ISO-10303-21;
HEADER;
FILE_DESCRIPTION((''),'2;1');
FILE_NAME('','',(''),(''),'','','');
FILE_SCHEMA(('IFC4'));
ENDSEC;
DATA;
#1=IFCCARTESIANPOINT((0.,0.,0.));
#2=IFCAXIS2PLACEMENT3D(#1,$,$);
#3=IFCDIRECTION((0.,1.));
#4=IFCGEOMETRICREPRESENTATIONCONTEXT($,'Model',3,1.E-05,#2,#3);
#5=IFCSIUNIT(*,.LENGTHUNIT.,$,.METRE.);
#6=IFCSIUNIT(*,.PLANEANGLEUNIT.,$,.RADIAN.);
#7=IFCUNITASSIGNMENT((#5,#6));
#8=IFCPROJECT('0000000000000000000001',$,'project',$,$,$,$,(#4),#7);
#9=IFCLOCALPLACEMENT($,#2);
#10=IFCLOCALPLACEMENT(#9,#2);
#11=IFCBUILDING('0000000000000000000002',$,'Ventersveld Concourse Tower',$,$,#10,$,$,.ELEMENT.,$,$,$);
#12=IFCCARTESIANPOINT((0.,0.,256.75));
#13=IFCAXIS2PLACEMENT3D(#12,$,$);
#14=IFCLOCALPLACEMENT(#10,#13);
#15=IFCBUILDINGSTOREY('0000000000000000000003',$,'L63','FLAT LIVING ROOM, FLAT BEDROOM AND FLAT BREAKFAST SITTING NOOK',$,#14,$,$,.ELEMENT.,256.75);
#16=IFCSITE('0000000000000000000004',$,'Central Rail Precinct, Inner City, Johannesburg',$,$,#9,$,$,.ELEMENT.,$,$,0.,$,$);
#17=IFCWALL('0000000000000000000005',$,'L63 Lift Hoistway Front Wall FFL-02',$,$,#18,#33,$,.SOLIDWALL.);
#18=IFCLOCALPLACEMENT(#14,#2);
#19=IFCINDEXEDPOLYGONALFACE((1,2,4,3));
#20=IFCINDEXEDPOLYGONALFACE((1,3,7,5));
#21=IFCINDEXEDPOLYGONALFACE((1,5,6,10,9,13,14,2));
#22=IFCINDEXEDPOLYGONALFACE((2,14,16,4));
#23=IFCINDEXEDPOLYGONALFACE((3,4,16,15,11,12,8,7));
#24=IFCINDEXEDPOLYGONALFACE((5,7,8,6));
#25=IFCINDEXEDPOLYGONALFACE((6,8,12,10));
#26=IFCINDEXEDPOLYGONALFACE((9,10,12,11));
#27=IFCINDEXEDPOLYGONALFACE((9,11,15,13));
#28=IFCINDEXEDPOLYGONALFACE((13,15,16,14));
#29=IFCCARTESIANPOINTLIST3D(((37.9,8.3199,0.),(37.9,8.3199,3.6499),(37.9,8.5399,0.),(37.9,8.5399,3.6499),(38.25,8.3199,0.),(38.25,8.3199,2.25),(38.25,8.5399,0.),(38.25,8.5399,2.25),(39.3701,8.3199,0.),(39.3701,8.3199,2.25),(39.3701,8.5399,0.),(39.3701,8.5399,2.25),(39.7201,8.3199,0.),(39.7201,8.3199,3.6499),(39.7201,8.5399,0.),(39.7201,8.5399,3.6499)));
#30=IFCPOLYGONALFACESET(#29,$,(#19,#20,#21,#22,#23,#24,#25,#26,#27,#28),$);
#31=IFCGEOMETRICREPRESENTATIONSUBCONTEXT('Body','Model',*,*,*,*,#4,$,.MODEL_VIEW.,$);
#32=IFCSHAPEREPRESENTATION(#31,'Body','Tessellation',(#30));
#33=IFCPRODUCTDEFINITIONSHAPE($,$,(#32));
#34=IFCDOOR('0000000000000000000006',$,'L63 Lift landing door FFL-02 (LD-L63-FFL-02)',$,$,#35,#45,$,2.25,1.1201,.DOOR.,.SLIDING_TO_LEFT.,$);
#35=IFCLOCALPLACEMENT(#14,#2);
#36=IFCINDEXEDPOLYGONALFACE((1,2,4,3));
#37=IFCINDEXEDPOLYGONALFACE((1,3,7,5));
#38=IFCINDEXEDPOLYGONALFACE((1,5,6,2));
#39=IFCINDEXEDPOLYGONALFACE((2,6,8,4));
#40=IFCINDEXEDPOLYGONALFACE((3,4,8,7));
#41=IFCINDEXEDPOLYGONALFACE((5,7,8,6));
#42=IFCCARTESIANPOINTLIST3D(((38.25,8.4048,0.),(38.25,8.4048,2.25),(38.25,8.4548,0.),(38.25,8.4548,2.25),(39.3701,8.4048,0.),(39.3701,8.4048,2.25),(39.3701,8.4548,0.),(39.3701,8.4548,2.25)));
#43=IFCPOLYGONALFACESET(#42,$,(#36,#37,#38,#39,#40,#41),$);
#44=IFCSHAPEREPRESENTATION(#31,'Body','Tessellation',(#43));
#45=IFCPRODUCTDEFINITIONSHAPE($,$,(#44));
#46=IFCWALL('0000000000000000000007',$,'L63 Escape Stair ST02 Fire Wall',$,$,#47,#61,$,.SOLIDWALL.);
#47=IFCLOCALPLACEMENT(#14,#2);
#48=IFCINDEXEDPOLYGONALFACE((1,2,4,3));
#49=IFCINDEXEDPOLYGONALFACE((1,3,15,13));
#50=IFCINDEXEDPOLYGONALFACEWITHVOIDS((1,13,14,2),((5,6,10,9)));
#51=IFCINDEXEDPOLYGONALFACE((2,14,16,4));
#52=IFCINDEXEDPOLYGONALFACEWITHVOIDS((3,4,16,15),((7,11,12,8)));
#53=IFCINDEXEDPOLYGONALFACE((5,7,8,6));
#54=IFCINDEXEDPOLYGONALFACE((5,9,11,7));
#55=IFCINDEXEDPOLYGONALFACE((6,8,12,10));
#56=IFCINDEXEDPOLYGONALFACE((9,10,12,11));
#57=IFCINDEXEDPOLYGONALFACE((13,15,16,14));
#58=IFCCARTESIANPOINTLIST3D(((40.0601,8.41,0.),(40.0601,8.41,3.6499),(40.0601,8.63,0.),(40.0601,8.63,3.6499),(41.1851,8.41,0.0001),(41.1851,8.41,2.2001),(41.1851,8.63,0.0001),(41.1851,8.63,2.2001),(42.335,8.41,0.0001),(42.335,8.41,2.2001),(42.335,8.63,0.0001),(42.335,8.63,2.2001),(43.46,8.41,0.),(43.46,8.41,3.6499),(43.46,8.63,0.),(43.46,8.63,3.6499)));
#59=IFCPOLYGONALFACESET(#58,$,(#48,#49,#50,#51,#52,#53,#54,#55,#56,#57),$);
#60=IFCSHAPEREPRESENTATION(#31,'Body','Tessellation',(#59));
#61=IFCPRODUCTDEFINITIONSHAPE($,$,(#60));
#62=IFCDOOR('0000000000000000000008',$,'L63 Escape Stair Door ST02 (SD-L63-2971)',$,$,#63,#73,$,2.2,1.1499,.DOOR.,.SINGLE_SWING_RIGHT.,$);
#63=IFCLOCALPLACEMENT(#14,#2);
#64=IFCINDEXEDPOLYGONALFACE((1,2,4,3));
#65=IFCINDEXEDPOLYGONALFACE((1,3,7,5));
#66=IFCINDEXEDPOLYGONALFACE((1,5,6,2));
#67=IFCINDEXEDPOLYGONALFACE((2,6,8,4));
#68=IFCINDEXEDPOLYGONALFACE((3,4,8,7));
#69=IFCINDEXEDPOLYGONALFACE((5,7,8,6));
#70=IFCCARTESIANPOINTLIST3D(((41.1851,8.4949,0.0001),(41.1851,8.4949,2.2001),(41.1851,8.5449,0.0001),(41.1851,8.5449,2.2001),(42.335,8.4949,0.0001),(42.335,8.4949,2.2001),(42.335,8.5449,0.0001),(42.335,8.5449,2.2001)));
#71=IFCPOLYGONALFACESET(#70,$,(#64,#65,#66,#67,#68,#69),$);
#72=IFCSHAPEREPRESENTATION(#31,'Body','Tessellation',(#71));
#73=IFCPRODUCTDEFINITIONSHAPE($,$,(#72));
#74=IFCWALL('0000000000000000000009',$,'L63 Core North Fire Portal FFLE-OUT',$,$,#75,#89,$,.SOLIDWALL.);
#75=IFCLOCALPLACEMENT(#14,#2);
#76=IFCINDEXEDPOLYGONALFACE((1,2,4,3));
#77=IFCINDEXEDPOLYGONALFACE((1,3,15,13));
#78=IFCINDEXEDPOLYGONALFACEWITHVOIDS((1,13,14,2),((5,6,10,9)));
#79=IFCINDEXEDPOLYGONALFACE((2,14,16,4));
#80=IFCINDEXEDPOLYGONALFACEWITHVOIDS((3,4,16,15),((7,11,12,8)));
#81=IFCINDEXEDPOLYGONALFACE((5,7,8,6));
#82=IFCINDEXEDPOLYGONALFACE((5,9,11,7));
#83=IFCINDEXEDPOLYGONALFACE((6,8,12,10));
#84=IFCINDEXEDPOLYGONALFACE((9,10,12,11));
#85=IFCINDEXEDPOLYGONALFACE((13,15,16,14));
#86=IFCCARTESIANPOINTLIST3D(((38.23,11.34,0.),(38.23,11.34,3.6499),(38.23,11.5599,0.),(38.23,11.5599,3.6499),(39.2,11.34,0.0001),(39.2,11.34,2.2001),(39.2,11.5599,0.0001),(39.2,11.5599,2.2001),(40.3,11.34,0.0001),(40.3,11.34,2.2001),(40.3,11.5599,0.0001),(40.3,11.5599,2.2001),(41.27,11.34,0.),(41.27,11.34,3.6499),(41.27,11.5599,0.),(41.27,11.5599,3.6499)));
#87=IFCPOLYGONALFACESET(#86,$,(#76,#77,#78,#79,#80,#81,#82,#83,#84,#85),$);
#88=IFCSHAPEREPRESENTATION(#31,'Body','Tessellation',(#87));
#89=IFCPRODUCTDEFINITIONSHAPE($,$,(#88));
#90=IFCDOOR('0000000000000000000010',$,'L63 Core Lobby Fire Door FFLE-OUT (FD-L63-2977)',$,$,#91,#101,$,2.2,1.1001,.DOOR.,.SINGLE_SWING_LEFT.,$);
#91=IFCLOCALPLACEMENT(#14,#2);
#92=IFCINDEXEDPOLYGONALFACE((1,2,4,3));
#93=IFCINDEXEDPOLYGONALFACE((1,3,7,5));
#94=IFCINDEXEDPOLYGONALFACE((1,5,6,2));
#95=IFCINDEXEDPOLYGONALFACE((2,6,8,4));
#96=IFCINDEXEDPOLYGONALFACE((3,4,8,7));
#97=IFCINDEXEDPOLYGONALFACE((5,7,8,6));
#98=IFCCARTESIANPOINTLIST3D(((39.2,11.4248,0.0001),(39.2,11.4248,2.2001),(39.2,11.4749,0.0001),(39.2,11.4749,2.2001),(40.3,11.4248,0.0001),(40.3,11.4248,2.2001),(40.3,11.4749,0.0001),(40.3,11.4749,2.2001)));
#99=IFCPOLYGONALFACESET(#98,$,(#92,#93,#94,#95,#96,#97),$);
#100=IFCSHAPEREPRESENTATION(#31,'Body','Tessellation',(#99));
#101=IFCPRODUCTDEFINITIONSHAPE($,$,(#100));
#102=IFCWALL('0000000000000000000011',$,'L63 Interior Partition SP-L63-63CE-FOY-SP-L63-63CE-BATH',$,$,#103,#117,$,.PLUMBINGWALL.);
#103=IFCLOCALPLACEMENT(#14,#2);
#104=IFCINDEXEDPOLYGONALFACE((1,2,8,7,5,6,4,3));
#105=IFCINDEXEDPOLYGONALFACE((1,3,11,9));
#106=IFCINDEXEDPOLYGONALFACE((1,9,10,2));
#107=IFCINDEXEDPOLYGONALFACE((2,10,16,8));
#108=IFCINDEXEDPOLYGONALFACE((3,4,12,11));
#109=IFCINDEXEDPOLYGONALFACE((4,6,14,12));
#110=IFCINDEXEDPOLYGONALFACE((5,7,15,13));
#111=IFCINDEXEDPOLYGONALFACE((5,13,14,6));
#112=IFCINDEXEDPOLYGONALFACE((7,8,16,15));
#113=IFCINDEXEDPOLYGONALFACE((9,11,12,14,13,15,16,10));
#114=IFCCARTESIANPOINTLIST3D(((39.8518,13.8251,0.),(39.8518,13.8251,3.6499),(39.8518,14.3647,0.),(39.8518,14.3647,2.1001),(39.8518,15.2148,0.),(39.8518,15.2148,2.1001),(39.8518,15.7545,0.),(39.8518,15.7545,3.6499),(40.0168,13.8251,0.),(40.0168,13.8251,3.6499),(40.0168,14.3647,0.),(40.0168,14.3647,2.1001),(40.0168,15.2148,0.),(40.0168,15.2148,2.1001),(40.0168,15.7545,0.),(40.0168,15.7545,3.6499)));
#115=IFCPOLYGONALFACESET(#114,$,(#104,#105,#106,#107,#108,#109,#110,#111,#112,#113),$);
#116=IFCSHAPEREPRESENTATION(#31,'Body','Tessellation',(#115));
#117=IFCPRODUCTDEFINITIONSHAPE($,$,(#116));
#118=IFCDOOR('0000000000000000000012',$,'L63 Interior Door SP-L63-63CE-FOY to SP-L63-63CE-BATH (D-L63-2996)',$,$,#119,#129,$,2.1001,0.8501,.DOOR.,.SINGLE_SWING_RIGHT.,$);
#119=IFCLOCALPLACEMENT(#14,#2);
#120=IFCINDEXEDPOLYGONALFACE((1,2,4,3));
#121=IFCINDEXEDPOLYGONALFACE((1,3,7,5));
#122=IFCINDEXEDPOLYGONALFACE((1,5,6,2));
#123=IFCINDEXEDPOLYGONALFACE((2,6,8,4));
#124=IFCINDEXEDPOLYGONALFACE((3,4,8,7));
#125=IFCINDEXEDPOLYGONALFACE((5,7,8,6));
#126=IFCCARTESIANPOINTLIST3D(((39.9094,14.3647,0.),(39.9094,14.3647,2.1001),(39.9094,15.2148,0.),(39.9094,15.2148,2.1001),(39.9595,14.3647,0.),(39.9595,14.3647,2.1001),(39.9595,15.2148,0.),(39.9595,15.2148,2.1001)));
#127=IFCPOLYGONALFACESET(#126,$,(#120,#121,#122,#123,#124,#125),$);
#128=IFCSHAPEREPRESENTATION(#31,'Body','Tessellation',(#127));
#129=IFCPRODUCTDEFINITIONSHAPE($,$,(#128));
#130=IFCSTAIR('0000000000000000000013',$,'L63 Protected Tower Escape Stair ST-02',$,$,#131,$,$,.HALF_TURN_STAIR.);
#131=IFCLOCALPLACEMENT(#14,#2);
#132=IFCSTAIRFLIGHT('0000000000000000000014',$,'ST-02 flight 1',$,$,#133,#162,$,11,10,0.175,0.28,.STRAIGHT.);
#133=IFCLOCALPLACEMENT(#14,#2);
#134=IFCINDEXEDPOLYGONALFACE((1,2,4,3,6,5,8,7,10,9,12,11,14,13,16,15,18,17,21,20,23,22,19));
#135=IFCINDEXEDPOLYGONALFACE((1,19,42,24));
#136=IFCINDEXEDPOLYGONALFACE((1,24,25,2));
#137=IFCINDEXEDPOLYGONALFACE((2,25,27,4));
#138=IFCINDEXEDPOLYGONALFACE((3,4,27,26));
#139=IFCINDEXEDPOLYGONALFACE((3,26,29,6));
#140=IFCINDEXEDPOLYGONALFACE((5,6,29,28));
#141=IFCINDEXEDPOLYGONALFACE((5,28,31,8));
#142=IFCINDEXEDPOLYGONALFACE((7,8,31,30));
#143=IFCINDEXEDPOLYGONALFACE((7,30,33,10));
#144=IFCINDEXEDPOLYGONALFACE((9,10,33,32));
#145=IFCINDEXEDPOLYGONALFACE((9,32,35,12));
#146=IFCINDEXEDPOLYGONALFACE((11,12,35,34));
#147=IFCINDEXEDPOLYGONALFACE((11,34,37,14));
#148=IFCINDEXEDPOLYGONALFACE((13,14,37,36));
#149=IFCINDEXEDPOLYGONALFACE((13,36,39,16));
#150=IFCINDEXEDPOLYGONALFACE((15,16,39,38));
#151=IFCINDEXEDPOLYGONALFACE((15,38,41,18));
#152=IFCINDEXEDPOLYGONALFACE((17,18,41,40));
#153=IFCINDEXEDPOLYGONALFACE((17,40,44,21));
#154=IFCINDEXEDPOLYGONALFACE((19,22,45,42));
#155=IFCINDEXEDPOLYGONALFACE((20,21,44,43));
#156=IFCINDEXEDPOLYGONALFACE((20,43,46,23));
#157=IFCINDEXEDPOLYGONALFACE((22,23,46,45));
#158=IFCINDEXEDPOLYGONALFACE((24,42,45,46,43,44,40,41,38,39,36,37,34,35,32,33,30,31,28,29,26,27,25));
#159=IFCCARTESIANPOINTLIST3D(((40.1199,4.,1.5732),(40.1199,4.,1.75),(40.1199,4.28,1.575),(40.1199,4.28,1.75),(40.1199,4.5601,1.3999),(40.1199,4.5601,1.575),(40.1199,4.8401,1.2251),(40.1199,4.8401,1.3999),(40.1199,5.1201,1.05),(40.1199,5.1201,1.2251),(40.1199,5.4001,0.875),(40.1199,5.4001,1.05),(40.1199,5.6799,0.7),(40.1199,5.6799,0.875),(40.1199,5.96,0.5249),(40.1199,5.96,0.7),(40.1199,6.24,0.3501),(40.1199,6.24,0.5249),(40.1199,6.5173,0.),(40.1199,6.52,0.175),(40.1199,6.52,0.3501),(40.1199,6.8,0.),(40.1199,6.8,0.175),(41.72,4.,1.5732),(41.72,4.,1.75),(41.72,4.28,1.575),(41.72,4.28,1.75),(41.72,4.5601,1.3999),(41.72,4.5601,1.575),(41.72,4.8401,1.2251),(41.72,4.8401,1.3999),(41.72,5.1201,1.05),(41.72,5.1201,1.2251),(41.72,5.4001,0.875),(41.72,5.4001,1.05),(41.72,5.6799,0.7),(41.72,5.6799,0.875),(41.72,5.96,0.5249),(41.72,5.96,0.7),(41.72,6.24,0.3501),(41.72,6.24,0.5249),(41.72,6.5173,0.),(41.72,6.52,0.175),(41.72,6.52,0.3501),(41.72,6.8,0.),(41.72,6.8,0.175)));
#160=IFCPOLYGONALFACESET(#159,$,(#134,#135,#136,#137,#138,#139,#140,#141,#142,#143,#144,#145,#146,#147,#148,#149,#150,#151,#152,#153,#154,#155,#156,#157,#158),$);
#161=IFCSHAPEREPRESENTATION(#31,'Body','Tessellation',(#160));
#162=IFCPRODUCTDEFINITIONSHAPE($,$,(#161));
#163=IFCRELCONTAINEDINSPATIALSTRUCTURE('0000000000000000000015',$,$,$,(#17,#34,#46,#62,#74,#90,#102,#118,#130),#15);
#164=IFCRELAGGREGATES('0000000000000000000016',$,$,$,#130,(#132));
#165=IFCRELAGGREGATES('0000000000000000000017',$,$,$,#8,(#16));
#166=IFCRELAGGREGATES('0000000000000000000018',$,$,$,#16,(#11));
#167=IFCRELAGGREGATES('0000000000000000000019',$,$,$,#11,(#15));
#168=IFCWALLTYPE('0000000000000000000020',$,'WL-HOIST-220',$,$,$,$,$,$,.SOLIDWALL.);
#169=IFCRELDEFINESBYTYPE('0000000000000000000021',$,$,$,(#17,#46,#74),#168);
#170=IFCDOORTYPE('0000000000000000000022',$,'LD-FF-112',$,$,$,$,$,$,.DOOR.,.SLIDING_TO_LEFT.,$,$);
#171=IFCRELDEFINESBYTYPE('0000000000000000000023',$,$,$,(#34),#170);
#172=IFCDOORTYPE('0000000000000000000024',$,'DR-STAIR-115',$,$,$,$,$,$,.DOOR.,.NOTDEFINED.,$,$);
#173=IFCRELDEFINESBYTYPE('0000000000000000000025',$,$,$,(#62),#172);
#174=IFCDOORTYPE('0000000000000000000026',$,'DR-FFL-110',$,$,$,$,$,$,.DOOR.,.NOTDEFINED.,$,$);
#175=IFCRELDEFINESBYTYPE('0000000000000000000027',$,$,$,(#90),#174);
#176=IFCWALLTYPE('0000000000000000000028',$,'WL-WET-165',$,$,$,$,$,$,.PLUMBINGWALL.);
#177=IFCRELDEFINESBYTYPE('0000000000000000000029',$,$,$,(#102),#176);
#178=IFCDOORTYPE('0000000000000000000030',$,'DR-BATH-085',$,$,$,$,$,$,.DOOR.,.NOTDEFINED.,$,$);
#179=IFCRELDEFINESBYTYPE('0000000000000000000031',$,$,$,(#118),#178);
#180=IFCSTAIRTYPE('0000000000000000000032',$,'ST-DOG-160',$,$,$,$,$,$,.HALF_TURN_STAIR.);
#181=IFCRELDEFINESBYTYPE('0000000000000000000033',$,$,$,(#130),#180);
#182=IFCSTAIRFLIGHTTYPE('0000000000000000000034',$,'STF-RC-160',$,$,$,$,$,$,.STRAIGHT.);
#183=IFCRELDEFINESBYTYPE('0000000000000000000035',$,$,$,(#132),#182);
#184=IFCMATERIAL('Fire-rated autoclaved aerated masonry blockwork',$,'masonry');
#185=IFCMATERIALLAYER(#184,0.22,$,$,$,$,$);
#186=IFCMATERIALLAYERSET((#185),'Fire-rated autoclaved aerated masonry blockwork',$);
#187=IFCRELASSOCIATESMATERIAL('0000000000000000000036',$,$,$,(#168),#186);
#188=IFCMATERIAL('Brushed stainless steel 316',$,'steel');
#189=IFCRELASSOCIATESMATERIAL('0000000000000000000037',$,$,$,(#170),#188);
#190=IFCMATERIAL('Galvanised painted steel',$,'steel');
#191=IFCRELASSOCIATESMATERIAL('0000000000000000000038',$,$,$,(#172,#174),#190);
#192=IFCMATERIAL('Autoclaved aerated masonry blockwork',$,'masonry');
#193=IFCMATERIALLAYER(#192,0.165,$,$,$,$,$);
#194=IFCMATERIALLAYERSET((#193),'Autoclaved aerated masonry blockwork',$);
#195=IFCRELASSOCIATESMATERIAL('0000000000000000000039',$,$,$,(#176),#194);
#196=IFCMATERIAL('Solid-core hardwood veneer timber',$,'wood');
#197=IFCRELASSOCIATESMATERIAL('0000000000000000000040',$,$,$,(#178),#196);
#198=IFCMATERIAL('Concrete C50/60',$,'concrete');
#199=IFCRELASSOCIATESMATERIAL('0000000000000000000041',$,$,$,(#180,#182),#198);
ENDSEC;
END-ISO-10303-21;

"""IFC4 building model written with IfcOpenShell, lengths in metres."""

from ifc_helpers import new_model, si_unit, direction, frame, frame_2d, origin, place, context, subcontext, project, spatial, polyline, rectangle, outline, extrude, material, layer, layer_set, type_object, element, fill, aggregate, save


model = new_model("IFC4")

# Units and contexts
model_context = context("Model", 3, precision=1e-05, world=origin(), true_north=direction((0.0, 1.0)))
body_context = subcontext(model_context, "Body", "Model", "MODEL_VIEW")
ifc_project = project(units=[si_unit("LENGTHUNIT", "METRE"), si_unit("PLANEANGLEUNIT", "RADIAN")], contexts=[model_context])

# Site, building, storey
site_placement = place(None, origin())
site = spatial("IfcSite", under=ifc_project, at=site_placement, Name="Central Rail Precinct, Inner City, Johannesburg", CompositionType="ELEMENT", RefElevation=0.0)
building_placement = place(site_placement, origin())
building = spatial("IfcBuilding", under=site, at=building_placement, Name="Ventersveld Concourse Tower", CompositionType="ELEMENT")
storey_placement = place(building_placement, frame((0.0, 0.0, 256.75)))
storey = spatial("IfcBuildingStorey", under=building, at=storey_placement, Name="L63", Description="FLAT LIVING ROOM, FLAT BEDROOM AND FLAT BREAKFAST SITTING NOOK", CompositionType="ELEMENT", Elevation=256.75)

# Shared definitions
ifc_material_1 = material(Name="Concrete C50/60", Category="concrete")

# Shared definitions
ifc_material_2 = material(Name="Fire-rated autoclaved aerated masonry blockwork", Category="masonry")
ifc_material_3 = material(Name="Solid-core hardwood veneer timber", Category="wood")

# Shared definitions
ifc_layer_1 = layer(ifc_material_2, 0.22)
ifc_layer_set_1 = layer_set([ifc_layer_1], Name="Fire-rated autoclaved aerated masonry blockwork")
wall_type_1 = type_object("IfcWallType", Name="WL-HOIST-220", PredefinedType="SOLIDWALL", material=ifc_layer_set_1)

# Walls, openings, doors
wall_1_placement = place(storey_placement, frame((37.8999, 8.4299, 0.0), z_axis=(0.0, 0.0, 1.0), x_axis=(1.0, 0.0, 0.0)))
wall_1 = element("IfcWall", 1, at=wall_1_placement, inside=storey, type_object=wall_type_1, Name="L63 Lift Hoistway Front Wall FFL-02", PredefinedType="SOLIDWALL", context=body_context, shape_type="SweptSolid", body=[
    extrude(rectangle(XDim=1.8201, YDim=0.22, at=frame_2d((0.9102, 0.0))), origin(), (0.0, 0.0, 1.0), 3.6499),
])
opening_1_placement = place(wall_1_placement, frame((0.3501, 0.0, 0.0)))
opening_1 = element("IfcOpeningElement", 2, at=opening_1_placement, cuts=wall_1, PredefinedType="OPENING", context=body_context, shape_type="SweptSolid", body=[
    extrude(rectangle(XDim=1.1201, YDim=2.25, at=frame_2d((0.5601, 1.125))), frame((0.0, 0.1201, 0.0), z_axis=(0.0, -1.0, 0.0), x_axis=(1.0, 0.0, 0.0)), (0.0, 0.0, 1.0), 0.24),
])
ifc_material_4 = material(Name="Brushed stainless steel 316", Category="steel")
door_type_1 = type_object("IfcDoorType", Name="LD-FF-112", OperationType="SLIDING_TO_LEFT", PredefinedType="DOOR", material=ifc_material_4)
door_1_placement = place(opening_1_placement, origin())
door_1 = element("IfcDoor", 3, at=door_1_placement, inside=storey, type_object=door_type_1, Name="L63 Lift landing door FFL-02 (LD-L63-FFL-02)", OperationType="SLIDING_TO_LEFT", OverallHeight=2.25, OverallWidth=1.1201, PredefinedType="DOOR", context=body_context, shape_type="SweptSolid", body=[
    extrude(rectangle(XDim=1.1201, YDim=2.25, at=frame_2d((0.5601, 1.125))), frame((0.0, 0.0249, 0.0), z_axis=(0.0, -1.0, 0.0), x_axis=(1.0, 0.0, 0.0)), (0.0, 0.0, 1.0), 0.05),
])
fill(opening_1, door_1)
wall_2_placement = place(storey_placement, frame((40.0601, 8.52, 0.0), z_axis=(0.0, 0.0, 1.0), x_axis=(1.0, 0.0, 0.0)))
wall_2 = element("IfcWall", 4, at=wall_2_placement, inside=storey, type_object=wall_type_1, Name="L63 Escape Stair ST02 Fire Wall", PredefinedType="SOLIDWALL", context=body_context, shape_type="SweptSolid", body=[
    extrude(rectangle(XDim=3.3999, YDim=0.22, at=frame_2d((1.7, 0.0))), origin(), (0.0, 0.0, 1.0), 3.6499),
])
opening_2_placement = place(wall_2_placement, frame((1.125, 0.0, 0.0)))
opening_2 = element("IfcOpeningElement", 5, at=opening_2_placement, cuts=wall_2, PredefinedType="OPENING", context=body_context, shape_type="SweptSolid", body=[
    extrude(rectangle(XDim=1.1499, YDim=2.2, at=frame_2d((0.575, 1.1001))), frame((0.0, 0.1201, 0.0), z_axis=(0.0, -1.0, 0.0), x_axis=(1.0, 0.0, 0.0)), (0.0, 0.0, 1.0), 0.24),
])
ifc_material_5 = material(Name="Galvanised painted steel", Category="steel")
door_type_2 = type_object("IfcDoorType", Name="DR-STAIR-115", OperationType="NOTDEFINED", PredefinedType="DOOR", material=ifc_material_5)
door_2_placement = place(opening_2_placement, origin())
door_2 = element("IfcDoor", 6, at=door_2_placement, inside=storey, type_object=door_type_2, Name="L63 Escape Stair Door ST02 (SD-L63-2971)", OperationType="SINGLE_SWING_RIGHT", OverallHeight=2.2, OverallWidth=1.1499, PredefinedType="DOOR", context=body_context, shape_type="SweptSolid", body=[
    extrude(rectangle(XDim=1.1499, YDim=2.2, at=frame_2d((0.575, 1.1001))), frame((0.0, 0.0249, 0.0), z_axis=(0.0, -1.0, 0.0), x_axis=(1.0, 0.0, 0.0)), (0.0, 0.0, 1.0), 0.05),
])
fill(opening_2, door_2)
wall_3_placement = place(storey_placement, frame((38.23, 11.45, 0.0), z_axis=(0.0, 0.0, 1.0), x_axis=(1.0, 0.0, 0.0)))
wall_3 = element("IfcWall", 7, at=wall_3_placement, inside=storey, type_object=wall_type_1, Name="L63 Core North Fire Portal FFLE-OUT", PredefinedType="SOLIDWALL", context=body_context, shape_type="SweptSolid", body=[
    extrude(rectangle(XDim=3.04, YDim=0.22, at=frame_2d((1.52, 0.0))), origin(), (0.0, 0.0, 1.0), 3.6499),
])
opening_3_placement = place(wall_3_placement, frame((0.97, 0.0, 0.0)))
opening_3 = element("IfcOpeningElement", 8, at=opening_3_placement, cuts=wall_3, PredefinedType="OPENING", context=body_context, shape_type="SweptSolid", body=[
    extrude(rectangle(XDim=1.1001, YDim=2.2, at=frame_2d((0.55, 1.1001))), frame((0.0, 0.1201, 0.0), z_axis=(0.0, -1.0, 0.0), x_axis=(1.0, 0.0, 0.0)), (0.0, 0.0, 1.0), 0.24),
])
door_type_3 = type_object("IfcDoorType", Name="DR-FFL-110", OperationType="NOTDEFINED", PredefinedType="DOOR", material=ifc_material_5)
door_3_placement = place(opening_3_placement, origin())
door_3 = element("IfcDoor", 9, at=door_3_placement, inside=storey, type_object=door_type_3, Name="L63 Core Lobby Fire Door FFLE-OUT (FD-L63-2977)", OperationType="SINGLE_SWING_LEFT", OverallHeight=2.2, OverallWidth=1.1001, PredefinedType="DOOR", context=body_context, shape_type="SweptSolid", body=[
    extrude(rectangle(XDim=1.1001, YDim=2.2, at=frame_2d((0.55, 1.1001))), frame((0.0, 0.0249, 0.0), z_axis=(0.0, -1.0, 0.0), x_axis=(1.0, 0.0, 0.0)), (0.0, 0.0, 1.0), 0.05),
])
fill(opening_3, door_3)
ifc_material_6 = material(Name="Autoclaved aerated masonry blockwork", Category="masonry")
ifc_layer_2 = layer(ifc_material_6, 0.165)
ifc_layer_set_2 = layer_set([ifc_layer_2], Name="Autoclaved aerated masonry blockwork")
wall_type_2 = type_object("IfcWallType", Name="WL-WET-165", PredefinedType="PLUMBINGWALL", material=ifc_layer_set_2)
wall_4_placement = place(storey_placement, frame((39.9343, 13.825, 0.0), z_axis=(0.0, 0.0, 1.0), x_axis=(0.0, 1.0, 0.0)))
wall_4 = element("IfcWall", 10, at=wall_4_placement, inside=storey, type_object=wall_type_2, Name="L63 Interior Partition SP-L63-63CE-FOY-SP-L63-63CE-BATH", PredefinedType="PLUMBINGWALL", context=body_context, shape_type="SweptSolid", body=[
    extrude(rectangle(XDim=1.9294, YDim=0.165, at=frame_2d((0.9648, 0.0))), origin(), (0.0, 0.0, 1.0), 3.6499),
])
opening_4_placement = place(wall_4_placement, frame((0.5398, 0.0, 0.0)))
opening_4 = element("IfcOpeningElement", 11, at=opening_4_placement, cuts=wall_4, PredefinedType="OPENING", context=body_context, shape_type="SweptSolid", body=[
    extrude(rectangle(XDim=0.8501, YDim=2.1001, at=frame_2d((0.425, 1.05))), frame((0.0, 0.0925, 0.0), z_axis=(0.0, -1.0, 0.0), x_axis=(1.0, 0.0, 0.0)), (0.0, 0.0, 1.0), 0.1851),
])
door_type_4 = type_object("IfcDoorType", Name="DR-BATH-085", OperationType="NOTDEFINED", PredefinedType="DOOR", material=ifc_material_3)
door_4_placement = place(opening_4_placement, origin())
door_4 = element("IfcDoor", 12, at=door_4_placement, inside=storey, type_object=door_type_4, Name="L63 Interior Door SP-L63-63CE-FOY to SP-L63-63CE-BATH (D-L63-2996)", OperationType="SINGLE_SWING_RIGHT", OverallHeight=2.1001, OverallWidth=0.8501, PredefinedType="DOOR", context=body_context, shape_type="SweptSolid", body=[
    extrude(rectangle(XDim=0.8501, YDim=2.1001, at=frame_2d((0.425, 1.05))), frame((0.0, 0.0249, 0.0), z_axis=(0.0, -1.0, 0.0), x_axis=(1.0, 0.0, 0.0)), (0.0, 0.0, 1.0), 0.05),
])
fill(opening_4, door_4)

# Stair, stair flight
stair_type = type_object("IfcStairType", Name="ST-DOG-160", PredefinedType="HALF_TURN_STAIR", material=ifc_material_1)
stair_placement = place(storey_placement, origin())
stair = element("IfcStair", 13, at=stair_placement, inside=storey, type_object=stair_type, Name="L63 Protected Tower Escape Stair ST-02", PredefinedType="HALF_TURN_STAIR")
stair_flight_type = type_object("IfcStairFlightType", Name="STF-RC-160", PredefinedType="STRAIGHT", material=ifc_material_1)
stair_flight_placement = place(storey_placement, frame((40.9199, 6.8, 0.0), z_axis=(0.0, 0.0, 1.0), x_axis=(0.0, -1.0, 0.0)))
stair_flight = element("IfcStairFlight", 14, at=stair_flight_placement, type_object=stair_flight_type, Name="ST-02 flight 1", NumberOfRisers=11, NumberOfTreads=10, PredefinedType="STRAIGHT", RiserHeight=0.175, TreadLength=0.28, context=body_context, shape_type="SweptSolid", body=[
    extrude(outline(polyline([(0.0, 0.0), (0.0, 0.175), (0.28, 0.175), (0.28, 0.3501), (0.5601, 0.3501), (0.5601, 0.5249), (0.8401, 0.5249), (0.8401, 0.7), (1.1201, 0.7), (1.1201, 0.875), (1.3999, 0.875), (1.3999, 1.05), (1.6799, 1.05), (1.6799, 1.2251), (1.96, 1.2251), (1.96, 1.3999), (2.24, 1.3999), (2.24, 1.575), (2.52, 1.575), (2.52, 1.75), (2.8, 1.75), (2.8, 1.925), (2.8, 1.5732), (0.2827, 0.0), (0.0, 0.0)])), frame((0.0, 0.8, 0.0), z_axis=(0.0, -1.0, 0.0), x_axis=(1.0, 0.0, 0.0)), (0.0, 0.0, 1.0), 1.6001),
])
aggregate(stair, [stair_flight])

save(model, "model.ifc")
